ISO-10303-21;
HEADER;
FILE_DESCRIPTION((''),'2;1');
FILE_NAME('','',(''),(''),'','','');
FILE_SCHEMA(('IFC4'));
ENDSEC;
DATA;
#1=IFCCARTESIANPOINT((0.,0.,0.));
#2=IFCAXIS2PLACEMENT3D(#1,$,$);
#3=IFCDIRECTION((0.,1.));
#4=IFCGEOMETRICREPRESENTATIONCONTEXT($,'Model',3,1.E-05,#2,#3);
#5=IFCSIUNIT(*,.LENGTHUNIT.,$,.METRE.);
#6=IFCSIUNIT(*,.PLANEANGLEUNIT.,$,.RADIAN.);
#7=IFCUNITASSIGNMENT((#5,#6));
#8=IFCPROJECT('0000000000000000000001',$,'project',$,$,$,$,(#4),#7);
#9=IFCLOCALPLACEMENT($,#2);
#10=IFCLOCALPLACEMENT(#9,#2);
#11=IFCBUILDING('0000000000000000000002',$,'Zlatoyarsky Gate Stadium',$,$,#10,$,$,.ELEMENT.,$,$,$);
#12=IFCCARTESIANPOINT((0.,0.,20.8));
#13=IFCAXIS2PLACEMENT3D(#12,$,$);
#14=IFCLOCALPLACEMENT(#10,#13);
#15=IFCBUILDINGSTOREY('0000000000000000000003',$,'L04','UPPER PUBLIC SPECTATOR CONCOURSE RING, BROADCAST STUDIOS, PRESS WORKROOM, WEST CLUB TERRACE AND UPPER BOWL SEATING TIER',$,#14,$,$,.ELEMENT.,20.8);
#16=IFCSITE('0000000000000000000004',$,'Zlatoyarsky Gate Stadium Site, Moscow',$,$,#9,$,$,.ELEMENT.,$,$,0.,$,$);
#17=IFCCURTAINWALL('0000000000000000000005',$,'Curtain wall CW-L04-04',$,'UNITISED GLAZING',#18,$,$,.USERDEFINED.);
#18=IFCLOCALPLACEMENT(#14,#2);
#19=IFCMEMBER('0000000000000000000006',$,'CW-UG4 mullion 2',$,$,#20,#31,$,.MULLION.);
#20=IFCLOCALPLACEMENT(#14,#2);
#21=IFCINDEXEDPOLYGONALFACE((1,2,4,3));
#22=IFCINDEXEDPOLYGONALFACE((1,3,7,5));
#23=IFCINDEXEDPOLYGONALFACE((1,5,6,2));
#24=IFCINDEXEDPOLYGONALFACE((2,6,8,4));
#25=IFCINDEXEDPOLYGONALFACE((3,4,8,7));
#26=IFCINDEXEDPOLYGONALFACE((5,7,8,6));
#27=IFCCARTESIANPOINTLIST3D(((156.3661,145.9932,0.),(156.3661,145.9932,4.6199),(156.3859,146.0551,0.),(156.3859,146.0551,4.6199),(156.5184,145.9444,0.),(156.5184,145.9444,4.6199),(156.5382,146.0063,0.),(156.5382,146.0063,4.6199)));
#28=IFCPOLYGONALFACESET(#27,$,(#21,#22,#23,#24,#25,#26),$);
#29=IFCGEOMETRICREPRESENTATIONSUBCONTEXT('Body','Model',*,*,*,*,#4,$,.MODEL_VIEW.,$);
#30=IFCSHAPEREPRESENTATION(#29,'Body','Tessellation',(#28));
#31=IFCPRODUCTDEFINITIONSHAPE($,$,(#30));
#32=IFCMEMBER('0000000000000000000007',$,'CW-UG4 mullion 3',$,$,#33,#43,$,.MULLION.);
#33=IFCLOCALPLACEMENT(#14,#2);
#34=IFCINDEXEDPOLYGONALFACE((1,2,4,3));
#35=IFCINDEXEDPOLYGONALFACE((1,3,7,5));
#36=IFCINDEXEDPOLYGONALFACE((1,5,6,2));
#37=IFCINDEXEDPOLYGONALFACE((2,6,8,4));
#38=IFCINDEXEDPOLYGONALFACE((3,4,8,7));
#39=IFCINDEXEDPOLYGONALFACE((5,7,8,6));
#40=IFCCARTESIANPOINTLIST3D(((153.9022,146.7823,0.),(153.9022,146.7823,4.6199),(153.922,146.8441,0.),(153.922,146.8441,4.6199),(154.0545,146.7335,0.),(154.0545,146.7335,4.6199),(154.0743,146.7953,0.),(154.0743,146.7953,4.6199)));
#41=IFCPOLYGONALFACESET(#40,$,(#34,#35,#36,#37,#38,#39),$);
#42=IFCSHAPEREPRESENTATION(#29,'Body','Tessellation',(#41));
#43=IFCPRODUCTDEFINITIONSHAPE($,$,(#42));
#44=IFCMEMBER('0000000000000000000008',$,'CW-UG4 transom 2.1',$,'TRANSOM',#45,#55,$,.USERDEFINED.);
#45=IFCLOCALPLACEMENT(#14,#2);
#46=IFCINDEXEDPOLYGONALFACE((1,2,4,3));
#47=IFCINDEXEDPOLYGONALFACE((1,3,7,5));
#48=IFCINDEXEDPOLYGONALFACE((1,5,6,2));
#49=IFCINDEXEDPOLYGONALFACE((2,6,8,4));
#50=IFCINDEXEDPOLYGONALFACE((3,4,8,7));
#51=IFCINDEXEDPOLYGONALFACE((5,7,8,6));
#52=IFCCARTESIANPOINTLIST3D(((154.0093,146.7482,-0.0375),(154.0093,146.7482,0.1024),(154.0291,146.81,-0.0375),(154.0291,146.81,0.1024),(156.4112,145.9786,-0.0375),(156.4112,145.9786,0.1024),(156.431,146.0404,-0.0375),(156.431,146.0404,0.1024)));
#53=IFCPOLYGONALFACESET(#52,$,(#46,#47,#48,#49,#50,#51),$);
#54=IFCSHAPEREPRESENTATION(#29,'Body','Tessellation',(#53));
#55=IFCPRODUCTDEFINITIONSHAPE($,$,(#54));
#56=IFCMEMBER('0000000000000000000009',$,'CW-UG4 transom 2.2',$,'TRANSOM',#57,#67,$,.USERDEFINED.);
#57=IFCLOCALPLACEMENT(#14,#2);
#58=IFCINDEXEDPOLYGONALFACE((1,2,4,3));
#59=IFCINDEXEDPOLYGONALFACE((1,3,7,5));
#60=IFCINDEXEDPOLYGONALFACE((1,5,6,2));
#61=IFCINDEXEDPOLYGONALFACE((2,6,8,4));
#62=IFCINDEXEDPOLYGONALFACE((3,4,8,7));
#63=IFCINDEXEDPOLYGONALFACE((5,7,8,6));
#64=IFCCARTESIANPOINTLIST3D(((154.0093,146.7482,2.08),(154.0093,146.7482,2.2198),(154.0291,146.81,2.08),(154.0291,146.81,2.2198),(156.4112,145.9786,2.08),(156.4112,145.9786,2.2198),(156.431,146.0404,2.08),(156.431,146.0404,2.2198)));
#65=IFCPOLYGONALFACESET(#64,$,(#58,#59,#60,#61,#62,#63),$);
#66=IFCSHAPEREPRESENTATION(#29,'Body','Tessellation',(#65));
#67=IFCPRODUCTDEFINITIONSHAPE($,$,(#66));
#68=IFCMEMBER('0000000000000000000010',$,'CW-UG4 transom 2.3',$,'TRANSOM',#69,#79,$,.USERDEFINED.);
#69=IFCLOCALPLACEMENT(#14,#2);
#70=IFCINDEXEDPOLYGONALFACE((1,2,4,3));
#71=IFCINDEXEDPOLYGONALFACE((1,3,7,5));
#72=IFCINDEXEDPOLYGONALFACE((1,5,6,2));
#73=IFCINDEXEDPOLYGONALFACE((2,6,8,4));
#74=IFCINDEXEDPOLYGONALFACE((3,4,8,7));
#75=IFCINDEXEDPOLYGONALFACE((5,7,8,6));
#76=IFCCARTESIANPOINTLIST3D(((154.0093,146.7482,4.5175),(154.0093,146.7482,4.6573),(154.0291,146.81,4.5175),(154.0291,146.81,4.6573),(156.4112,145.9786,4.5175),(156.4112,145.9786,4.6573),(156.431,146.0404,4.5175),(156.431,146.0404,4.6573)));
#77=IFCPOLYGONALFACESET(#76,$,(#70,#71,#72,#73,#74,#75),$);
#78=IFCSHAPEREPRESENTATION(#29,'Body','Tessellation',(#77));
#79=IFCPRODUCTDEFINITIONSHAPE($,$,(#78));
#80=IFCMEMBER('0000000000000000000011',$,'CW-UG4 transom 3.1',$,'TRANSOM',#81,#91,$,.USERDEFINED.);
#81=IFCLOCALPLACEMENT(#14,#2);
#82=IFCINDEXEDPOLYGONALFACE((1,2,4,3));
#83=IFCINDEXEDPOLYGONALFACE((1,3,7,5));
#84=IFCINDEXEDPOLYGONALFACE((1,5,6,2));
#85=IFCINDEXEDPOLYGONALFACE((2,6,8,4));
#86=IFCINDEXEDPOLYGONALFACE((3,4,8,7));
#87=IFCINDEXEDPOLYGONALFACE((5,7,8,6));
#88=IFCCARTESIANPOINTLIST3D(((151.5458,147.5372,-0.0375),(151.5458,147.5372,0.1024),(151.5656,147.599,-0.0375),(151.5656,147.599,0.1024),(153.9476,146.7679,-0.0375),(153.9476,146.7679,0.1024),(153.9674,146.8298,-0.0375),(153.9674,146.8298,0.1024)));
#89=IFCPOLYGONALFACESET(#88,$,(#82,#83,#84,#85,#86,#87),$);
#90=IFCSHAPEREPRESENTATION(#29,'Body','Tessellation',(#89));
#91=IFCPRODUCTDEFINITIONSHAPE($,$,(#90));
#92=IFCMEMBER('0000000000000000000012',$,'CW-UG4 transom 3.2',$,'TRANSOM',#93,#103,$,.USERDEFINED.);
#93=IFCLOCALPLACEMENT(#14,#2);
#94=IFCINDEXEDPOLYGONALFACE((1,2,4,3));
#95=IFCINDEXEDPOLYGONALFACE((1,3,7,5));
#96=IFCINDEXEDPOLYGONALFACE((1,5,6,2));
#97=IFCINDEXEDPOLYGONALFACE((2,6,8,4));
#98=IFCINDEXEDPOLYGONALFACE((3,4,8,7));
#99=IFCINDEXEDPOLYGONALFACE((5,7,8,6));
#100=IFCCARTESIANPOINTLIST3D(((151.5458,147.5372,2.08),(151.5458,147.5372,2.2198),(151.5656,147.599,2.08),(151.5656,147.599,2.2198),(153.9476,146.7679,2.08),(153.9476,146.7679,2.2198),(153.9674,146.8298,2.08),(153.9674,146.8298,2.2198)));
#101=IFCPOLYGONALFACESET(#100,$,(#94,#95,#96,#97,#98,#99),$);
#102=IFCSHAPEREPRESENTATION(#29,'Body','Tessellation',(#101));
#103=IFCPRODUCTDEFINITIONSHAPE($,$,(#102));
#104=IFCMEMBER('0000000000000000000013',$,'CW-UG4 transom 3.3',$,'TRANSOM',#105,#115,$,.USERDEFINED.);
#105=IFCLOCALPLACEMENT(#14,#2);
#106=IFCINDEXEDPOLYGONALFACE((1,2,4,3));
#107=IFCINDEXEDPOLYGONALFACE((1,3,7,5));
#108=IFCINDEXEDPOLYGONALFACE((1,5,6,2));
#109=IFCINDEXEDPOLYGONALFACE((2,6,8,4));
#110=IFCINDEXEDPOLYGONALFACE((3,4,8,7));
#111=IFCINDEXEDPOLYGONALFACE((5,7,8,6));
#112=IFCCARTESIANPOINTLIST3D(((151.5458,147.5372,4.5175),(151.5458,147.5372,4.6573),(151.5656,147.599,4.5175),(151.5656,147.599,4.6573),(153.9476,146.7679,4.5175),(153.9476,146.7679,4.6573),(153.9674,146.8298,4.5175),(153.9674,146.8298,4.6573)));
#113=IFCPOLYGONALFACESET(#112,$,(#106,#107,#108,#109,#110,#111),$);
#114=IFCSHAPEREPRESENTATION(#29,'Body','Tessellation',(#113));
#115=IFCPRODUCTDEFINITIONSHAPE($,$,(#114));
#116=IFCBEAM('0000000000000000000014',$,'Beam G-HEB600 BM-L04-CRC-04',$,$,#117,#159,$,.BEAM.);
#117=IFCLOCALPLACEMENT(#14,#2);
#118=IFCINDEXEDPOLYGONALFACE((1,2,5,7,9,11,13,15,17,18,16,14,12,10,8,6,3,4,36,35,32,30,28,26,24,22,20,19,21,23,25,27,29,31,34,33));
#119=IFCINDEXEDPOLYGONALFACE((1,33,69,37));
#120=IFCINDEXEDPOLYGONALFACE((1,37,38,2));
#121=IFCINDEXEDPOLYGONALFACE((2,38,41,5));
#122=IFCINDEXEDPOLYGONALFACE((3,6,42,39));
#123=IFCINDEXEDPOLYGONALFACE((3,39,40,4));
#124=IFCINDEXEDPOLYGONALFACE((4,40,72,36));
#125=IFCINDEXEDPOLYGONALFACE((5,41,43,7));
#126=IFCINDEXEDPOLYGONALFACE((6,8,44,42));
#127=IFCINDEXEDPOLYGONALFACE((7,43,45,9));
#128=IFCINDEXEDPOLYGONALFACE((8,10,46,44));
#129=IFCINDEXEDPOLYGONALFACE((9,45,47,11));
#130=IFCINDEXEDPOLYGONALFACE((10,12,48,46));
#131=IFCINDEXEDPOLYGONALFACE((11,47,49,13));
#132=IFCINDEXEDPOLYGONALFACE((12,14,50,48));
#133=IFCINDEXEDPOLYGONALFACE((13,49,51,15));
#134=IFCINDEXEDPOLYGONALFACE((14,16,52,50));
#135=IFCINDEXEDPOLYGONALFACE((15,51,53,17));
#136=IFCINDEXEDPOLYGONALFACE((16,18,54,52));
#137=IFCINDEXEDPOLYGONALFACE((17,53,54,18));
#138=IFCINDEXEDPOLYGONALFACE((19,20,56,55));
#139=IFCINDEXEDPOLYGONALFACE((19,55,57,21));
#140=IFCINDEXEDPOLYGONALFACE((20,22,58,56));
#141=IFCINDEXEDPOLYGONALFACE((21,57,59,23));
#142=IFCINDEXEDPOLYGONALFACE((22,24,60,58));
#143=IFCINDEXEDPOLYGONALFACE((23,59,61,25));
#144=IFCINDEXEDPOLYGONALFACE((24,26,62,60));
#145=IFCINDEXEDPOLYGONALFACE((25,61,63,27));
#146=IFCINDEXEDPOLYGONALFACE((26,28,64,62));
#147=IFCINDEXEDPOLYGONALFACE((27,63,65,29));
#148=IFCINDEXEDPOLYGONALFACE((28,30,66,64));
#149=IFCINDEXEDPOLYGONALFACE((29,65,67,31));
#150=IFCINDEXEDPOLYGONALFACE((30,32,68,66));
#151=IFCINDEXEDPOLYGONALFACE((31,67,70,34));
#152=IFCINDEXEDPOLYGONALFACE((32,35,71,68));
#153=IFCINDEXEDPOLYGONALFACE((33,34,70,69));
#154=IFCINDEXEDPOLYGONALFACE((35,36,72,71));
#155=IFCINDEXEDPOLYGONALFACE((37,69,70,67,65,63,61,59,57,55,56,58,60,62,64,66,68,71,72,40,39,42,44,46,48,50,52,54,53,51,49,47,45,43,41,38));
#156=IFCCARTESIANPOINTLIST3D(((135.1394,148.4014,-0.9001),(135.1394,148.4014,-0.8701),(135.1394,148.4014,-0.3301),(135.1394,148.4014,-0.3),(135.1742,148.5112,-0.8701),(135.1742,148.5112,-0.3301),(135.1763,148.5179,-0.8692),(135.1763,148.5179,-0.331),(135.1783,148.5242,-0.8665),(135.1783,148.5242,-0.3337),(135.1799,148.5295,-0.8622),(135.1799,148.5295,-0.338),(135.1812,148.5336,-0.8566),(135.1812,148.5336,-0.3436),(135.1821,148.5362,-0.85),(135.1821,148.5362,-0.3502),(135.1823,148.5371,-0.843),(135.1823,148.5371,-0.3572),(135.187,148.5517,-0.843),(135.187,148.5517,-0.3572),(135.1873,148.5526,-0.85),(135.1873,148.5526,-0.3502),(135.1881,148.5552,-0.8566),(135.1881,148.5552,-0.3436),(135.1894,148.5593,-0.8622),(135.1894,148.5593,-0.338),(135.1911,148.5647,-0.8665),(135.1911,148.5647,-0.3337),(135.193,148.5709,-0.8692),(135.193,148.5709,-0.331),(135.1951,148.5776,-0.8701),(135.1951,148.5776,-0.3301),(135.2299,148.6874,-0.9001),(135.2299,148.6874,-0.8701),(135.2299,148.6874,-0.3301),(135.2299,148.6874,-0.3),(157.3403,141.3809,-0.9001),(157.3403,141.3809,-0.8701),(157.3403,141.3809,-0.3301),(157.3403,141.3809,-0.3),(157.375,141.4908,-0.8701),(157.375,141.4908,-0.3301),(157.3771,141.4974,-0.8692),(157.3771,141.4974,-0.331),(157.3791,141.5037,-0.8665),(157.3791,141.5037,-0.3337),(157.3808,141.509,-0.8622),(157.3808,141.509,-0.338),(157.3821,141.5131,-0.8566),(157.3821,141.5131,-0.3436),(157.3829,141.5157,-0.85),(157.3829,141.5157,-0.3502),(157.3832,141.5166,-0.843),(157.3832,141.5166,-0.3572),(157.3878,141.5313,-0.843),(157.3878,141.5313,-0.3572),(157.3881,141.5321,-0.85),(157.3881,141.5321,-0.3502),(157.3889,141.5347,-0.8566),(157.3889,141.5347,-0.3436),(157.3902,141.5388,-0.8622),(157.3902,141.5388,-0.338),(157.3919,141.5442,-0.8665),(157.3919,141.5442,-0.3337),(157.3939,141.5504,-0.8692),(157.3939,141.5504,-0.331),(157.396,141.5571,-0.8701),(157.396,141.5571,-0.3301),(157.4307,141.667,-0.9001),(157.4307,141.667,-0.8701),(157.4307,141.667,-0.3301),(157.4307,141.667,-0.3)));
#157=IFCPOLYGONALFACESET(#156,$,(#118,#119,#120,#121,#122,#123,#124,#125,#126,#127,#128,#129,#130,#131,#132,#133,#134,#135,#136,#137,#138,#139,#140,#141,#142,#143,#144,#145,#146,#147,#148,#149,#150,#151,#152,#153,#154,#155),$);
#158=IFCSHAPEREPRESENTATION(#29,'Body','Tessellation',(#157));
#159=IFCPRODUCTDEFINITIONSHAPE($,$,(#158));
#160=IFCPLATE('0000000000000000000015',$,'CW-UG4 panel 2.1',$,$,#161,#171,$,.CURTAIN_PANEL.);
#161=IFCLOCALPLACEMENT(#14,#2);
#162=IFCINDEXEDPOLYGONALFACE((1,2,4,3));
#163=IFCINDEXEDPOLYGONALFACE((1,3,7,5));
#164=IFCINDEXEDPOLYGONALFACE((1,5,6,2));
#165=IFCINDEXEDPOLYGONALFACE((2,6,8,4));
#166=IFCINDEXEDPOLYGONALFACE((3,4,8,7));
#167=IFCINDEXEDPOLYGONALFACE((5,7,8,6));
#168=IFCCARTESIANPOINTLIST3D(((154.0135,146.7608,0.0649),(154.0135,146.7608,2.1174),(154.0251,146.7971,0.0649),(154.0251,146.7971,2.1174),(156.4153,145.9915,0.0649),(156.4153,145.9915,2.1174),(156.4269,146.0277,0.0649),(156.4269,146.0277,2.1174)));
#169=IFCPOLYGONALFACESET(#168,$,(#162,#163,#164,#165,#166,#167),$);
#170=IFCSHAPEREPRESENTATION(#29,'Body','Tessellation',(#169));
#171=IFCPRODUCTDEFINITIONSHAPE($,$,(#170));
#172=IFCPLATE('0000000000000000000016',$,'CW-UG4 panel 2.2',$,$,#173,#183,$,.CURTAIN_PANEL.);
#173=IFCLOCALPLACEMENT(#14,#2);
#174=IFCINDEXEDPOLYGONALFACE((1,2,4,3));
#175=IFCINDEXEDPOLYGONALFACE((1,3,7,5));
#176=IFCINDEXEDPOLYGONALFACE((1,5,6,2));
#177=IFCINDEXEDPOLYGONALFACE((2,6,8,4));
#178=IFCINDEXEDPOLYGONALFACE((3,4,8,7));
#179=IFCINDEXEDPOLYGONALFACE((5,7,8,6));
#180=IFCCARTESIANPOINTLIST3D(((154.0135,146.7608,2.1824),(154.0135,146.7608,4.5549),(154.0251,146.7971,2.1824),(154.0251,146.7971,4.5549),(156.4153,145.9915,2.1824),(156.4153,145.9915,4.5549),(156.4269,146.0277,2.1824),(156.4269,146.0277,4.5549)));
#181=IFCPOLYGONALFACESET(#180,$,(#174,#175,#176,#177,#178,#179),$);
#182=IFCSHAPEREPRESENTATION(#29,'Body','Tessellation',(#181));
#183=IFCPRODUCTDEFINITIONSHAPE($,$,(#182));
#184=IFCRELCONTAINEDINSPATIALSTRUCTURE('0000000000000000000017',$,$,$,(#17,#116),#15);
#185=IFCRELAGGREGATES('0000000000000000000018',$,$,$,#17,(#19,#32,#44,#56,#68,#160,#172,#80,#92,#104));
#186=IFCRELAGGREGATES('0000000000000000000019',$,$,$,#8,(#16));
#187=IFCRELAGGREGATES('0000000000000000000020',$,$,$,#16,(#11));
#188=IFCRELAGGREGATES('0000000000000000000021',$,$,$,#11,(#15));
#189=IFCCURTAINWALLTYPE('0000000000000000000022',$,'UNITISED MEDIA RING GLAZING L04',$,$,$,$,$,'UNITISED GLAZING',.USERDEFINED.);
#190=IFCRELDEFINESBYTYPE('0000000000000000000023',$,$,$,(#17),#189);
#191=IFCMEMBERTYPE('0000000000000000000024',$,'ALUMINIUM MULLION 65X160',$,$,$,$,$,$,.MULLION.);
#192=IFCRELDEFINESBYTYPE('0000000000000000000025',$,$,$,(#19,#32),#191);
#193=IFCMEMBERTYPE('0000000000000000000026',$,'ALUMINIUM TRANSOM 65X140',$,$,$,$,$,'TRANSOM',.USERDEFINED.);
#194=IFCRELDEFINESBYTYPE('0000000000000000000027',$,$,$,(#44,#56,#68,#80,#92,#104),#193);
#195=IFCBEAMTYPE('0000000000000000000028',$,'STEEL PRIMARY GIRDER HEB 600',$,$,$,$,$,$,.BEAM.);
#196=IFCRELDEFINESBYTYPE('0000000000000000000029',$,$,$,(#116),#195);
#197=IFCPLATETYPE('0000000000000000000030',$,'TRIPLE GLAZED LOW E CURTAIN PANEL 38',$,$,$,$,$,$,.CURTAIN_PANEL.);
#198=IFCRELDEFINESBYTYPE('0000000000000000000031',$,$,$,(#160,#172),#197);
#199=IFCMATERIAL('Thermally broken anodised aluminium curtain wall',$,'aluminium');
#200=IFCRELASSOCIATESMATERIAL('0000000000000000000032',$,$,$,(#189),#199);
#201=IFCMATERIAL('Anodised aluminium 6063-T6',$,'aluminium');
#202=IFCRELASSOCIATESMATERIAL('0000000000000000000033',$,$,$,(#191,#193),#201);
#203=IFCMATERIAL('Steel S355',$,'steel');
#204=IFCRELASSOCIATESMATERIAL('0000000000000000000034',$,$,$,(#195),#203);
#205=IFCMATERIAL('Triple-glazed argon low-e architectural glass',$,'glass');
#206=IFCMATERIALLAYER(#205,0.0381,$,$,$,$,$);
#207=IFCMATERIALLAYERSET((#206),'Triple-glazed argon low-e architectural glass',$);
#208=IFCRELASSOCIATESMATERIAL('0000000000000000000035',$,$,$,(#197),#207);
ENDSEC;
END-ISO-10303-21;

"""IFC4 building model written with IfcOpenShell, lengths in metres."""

from ifc_helpers import new_model, si_unit, direction, frame, origin, origin_2d, place, context, subcontext, project, spatial, rectangle, i_section, extrude, material, layer, layer_set, material_profile, profile_set, type_object, element, aggregate, save


model = new_model("IFC4")

# Units and contexts
model_context = context("Model", 3, precision=1e-05, world=origin(), true_north=direction((0.0, 1.0)))
body_context = subcontext(model_context, "Body", "Model", "MODEL_VIEW")
ifc_project = project(units=[si_unit("LENGTHUNIT", "METRE"), si_unit("PLANEANGLEUNIT", "RADIAN")], contexts=[model_context])

# Site, building, storey
site_placement = place(None, origin())
site = spatial("IfcSite", under=ifc_project, at=site_placement, Name="Zlatoyarsky Gate Stadium Site, Moscow", CompositionType="ELEMENT", RefElevation=0.0)
building_placement = place(site_placement, origin())
building = spatial("IfcBuilding", under=site, at=building_placement, Name="Zlatoyarsky Gate Stadium", CompositionType="ELEMENT")
storey_placement = place(building_placement, frame((0.0, 0.0, 20.8)))
storey = spatial("IfcBuildingStorey", under=building, at=storey_placement, Name="L04", Description="UPPER PUBLIC SPECTATOR CONCOURSE RING, BROADCAST STUDIOS, PRESS WORKROOM, WEST CLUB TERRACE AND UPPER BOWL SEATING TIER", CompositionType="ELEMENT", Elevation=20.8)

# Curtain wall, members
ifc_material_1 = material(Name="Thermally broken anodised aluminium curtain wall", Category="aluminium")
curtain_wall_type = type_object("IfcCurtainWallType", Name="UNITISED MEDIA RING GLAZING L04", ElementType="UNITISED GLAZING", PredefinedType="USERDEFINED", material=ifc_material_1)
curtain_wall_placement = place(storey_placement, origin())
curtain_wall = element("IfcCurtainWall", 1, at=curtain_wall_placement, inside=storey, type_object=curtain_wall_type, Name="Curtain wall CW-L04-04", ObjectType="UNITISED GLAZING", PredefinedType="USERDEFINED")
ifc_material_2 = material(Name="Anodised aluminium 6063-T6", Category="aluminium")
ifc_material_profile_1 = material_profile(ifc_material_2, rectangle(XDim=0.0649, YDim=0.1599, at=origin_2d()), Name="ALU 65X160")
ifc_profile_set_1 = profile_set([ifc_material_profile_1], Name="Anodised aluminium 6063-T6")
member_type_1 = type_object("IfcMemberType", Name="ALUMINIUM MULLION 65X160", PredefinedType="MULLION", material=ifc_profile_set_1)
member_1_placement = place(storey_placement, frame((156.4521, 145.9998, 0.0), z_axis=(0.0, 0.0, 1.0), x_axis=(-0.305066, -0.952331, 0.0)))
member_1 = element("IfcMember", 2, at=member_1_placement, type_object=member_type_1, Name="CW-UG4 mullion 2", PredefinedType="MULLION", context=body_context, shape_type="SweptSolid", body=[
    extrude(rectangle(XDim=0.0649, YDim=0.1599, at=origin_2d()), origin(), (0.0, 0.0, 1.0), 4.6199),
])
member_2_placement = place(storey_placement, frame((153.9883, 146.7888, 0.0), z_axis=(0.0, 0.0, 1.0), x_axis=(-0.305066, -0.952331, 0.0)))
member_2 = element("IfcMember", 3, at=member_2_placement, type_object=member_type_1, Name="CW-UG4 mullion 3", PredefinedType="MULLION", context=body_context, shape_type="SweptSolid", body=[
    extrude(rectangle(XDim=0.0649, YDim=0.1599, at=origin_2d()), origin(), (0.0, 0.0, 1.0), 4.6199),
])
ifc_material_profile_2 = material_profile(ifc_material_2, rectangle(XDim=0.0649, YDim=0.1399, at=origin_2d()), Name="ALU 65X140")
ifc_profile_set_2 = profile_set([ifc_material_profile_2], Name="Anodised aluminium 6063-T6")
member_type_2 = type_object("IfcMemberType", Name="ALUMINIUM TRANSOM 65X140", ElementType="TRANSOM", PredefinedType="USERDEFINED", material=ifc_profile_set_2)
member_3_placement = place(storey_placement, frame((156.4211, 146.0095, 0.0325), z_axis=(-0.952316, 0.305113, 0.0), x_axis=(-0.305113, -0.952316, 0.0)))
member_3 = element("IfcMember", 4, at=member_3_placement, type_object=member_type_2, Name="CW-UG4 transom 2.1", ObjectType="TRANSOM", PredefinedType="USERDEFINED", context=body_context, shape_type="SweptSolid", body=[
    extrude(rectangle(XDim=0.0649, YDim=0.1399, at=origin_2d()), origin(), (0.0, 0.0, 1.0), 2.5222),
])
member_4_placement = place(storey_placement, frame((156.4211, 146.0095, 2.1499), z_axis=(-0.952316, 0.305113, 0.0), x_axis=(-0.305113, -0.952316, 0.0)))
member_4 = element("IfcMember", 5, at=member_4_placement, type_object=member_type_2, Name="CW-UG4 transom 2.2", ObjectType="TRANSOM", PredefinedType="USERDEFINED", context=body_context, shape_type="SweptSolid", body=[
    extrude(rectangle(XDim=0.0649, YDim=0.1399, at=origin_2d()), origin(), (0.0, 0.0, 1.0), 2.5222),
])
member_5_placement = place(storey_placement, frame((156.4211, 146.0095, 4.5874), z_axis=(-0.952316, 0.305113, 0.0), x_axis=(-0.305113, -0.952316, 0.0)))
member_5 = element("IfcMember", 6, at=member_5_placement, type_object=member_type_2, Name="CW-UG4 transom 2.3", ObjectType="TRANSOM", PredefinedType="USERDEFINED", context=body_context, shape_type="SweptSolid", body=[
    extrude(rectangle(XDim=0.0649, YDim=0.1399, at=origin_2d()), origin(), (0.0, 0.0, 1.0), 2.5222),
])
member_6_placement = place(storey_placement, frame((153.9575, 146.7988, 0.0325), z_axis=(-0.952344, 0.305025, 0.0), x_axis=(-0.305025, -0.952344, 0.0)))
member_6 = element("IfcMember", 7, at=member_6_placement, type_object=member_type_2, Name="CW-UG4 transom 3.1", ObjectType="TRANSOM", PredefinedType="USERDEFINED", context=body_context, shape_type="SweptSolid", body=[
    extrude(rectangle(XDim=0.0649, YDim=0.1399, at=origin_2d()), origin(), (0.0, 0.0, 1.0), 2.522),
])
member_7_placement = place(storey_placement, frame((153.9575, 146.7988, 2.1499), z_axis=(-0.952344, 0.305025, 0.0), x_axis=(-0.305025, -0.952344, 0.0)))
member_7 = element("IfcMember", 8, at=member_7_placement, type_object=member_type_2, Name="CW-UG4 transom 3.2", ObjectType="TRANSOM", PredefinedType="USERDEFINED", context=body_context, shape_type="SweptSolid", body=[
    extrude(rectangle(XDim=0.0649, YDim=0.1399, at=origin_2d()), origin(), (0.0, 0.0, 1.0), 2.522),
])
member_8_placement = place(storey_placement, frame((153.9575, 146.7988, 4.5874), z_axis=(-0.952344, 0.305025, 0.0), x_axis=(-0.305025, -0.952344, 0.0)))
member_8 = element("IfcMember", 9, at=member_8_placement, type_object=member_type_2, Name="CW-UG4 transom 3.3", ObjectType="TRANSOM", PredefinedType="USERDEFINED", context=body_context, shape_type="SweptSolid", body=[
    extrude(rectangle(XDim=0.0649, YDim=0.1399, at=origin_2d()), origin(), (0.0, 0.0, 1.0), 2.522),
])

# Beam
ifc_material_3 = material(Name="Steel S355", Category="steel")
ifc_material_profile_3 = material_profile(ifc_material_3, i_section(OverallWidth=0.3, OverallDepth=0.6001, WebThickness=0.0154, FlangeThickness=0.03, FilletRadius=0.0271, at=origin_2d()), Name="HEB 600")
ifc_profile_set_3 = profile_set([ifc_material_profile_3], Name="Steel S355")
beam_type = type_object("IfcBeamType", Name="STEEL PRIMARY GIRDER HEB 600", PredefinedType="BEAM", material=ifc_profile_set_3)
beam_placement = place(storey_placement, frame((157.3855, 141.5239, -0.6001), z_axis=(-0.953463, 0.30151, 0.0), x_axis=(-0.30151, -0.953463, 0.0)))
element("IfcBeam", 10, at=beam_placement, inside=storey, type_object=beam_type, Name="Beam G-HEB600 BM-L04-CRC-04", PredefinedType="BEAM", context=body_context, shape_type="SweptSolid", body=[
    extrude(i_section(OverallWidth=0.3, OverallDepth=0.6001, WebThickness=0.0154, FlangeThickness=0.03, FilletRadius=0.0271, at=origin_2d()), origin(), (0.0, 0.0, 1.0), 23.2844),
])

# Plates
ifc_material_4 = material(Name="Triple-glazed argon low-e architectural glass", Category="glass")
ifc_layer_1 = layer(ifc_material_4, 0.0381)
ifc_layer_set_1 = layer_set([ifc_layer_1], Name="Triple-glazed argon low-e architectural glass")
plate_type = type_object("IfcPlateType", Name="TRIPLE GLAZED LOW E CURTAIN PANEL 38", PredefinedType="CURTAIN_PANEL", material=ifc_layer_set_1)
plate_1_placement = place(storey_placement, frame((155.2202, 146.3943, 0.0649), z_axis=(0.0, 0.0, 1.0), x_axis=(-0.952331, 0.305066, 0.0)))
plate_1 = element("IfcPlate", 11, at=plate_1_placement, type_object=plate_type, Name="CW-UG4 panel 2.1", PredefinedType="CURTAIN_PANEL", context=body_context, shape_type="SweptSolid", body=[
    extrude(rectangle(XDim=2.522, YDim=0.0381, at=origin_2d()), origin(), (0.0, 0.0, 1.0), 2.0525),
])
plate_2_placement = place(storey_placement, frame((155.2202, 146.3943, 2.1824), z_axis=(0.0, 0.0, 1.0), x_axis=(-0.952331, 0.305066, 0.0)))
plate_2 = element("IfcPlate", 12, at=plate_2_placement, type_object=plate_type, Name="CW-UG4 panel 2.2", PredefinedType="CURTAIN_PANEL", context=body_context, shape_type="SweptSolid", body=[
    extrude(rectangle(XDim=2.522, YDim=0.0381, at=origin_2d()), origin(), (0.0, 0.0, 1.0), 2.3726),
])
aggregate(curtain_wall, [member_1, member_2, member_3, member_4, member_5, plate_1, plate_2, member_6, member_7, member_8])

save(model, "model.ifc")
